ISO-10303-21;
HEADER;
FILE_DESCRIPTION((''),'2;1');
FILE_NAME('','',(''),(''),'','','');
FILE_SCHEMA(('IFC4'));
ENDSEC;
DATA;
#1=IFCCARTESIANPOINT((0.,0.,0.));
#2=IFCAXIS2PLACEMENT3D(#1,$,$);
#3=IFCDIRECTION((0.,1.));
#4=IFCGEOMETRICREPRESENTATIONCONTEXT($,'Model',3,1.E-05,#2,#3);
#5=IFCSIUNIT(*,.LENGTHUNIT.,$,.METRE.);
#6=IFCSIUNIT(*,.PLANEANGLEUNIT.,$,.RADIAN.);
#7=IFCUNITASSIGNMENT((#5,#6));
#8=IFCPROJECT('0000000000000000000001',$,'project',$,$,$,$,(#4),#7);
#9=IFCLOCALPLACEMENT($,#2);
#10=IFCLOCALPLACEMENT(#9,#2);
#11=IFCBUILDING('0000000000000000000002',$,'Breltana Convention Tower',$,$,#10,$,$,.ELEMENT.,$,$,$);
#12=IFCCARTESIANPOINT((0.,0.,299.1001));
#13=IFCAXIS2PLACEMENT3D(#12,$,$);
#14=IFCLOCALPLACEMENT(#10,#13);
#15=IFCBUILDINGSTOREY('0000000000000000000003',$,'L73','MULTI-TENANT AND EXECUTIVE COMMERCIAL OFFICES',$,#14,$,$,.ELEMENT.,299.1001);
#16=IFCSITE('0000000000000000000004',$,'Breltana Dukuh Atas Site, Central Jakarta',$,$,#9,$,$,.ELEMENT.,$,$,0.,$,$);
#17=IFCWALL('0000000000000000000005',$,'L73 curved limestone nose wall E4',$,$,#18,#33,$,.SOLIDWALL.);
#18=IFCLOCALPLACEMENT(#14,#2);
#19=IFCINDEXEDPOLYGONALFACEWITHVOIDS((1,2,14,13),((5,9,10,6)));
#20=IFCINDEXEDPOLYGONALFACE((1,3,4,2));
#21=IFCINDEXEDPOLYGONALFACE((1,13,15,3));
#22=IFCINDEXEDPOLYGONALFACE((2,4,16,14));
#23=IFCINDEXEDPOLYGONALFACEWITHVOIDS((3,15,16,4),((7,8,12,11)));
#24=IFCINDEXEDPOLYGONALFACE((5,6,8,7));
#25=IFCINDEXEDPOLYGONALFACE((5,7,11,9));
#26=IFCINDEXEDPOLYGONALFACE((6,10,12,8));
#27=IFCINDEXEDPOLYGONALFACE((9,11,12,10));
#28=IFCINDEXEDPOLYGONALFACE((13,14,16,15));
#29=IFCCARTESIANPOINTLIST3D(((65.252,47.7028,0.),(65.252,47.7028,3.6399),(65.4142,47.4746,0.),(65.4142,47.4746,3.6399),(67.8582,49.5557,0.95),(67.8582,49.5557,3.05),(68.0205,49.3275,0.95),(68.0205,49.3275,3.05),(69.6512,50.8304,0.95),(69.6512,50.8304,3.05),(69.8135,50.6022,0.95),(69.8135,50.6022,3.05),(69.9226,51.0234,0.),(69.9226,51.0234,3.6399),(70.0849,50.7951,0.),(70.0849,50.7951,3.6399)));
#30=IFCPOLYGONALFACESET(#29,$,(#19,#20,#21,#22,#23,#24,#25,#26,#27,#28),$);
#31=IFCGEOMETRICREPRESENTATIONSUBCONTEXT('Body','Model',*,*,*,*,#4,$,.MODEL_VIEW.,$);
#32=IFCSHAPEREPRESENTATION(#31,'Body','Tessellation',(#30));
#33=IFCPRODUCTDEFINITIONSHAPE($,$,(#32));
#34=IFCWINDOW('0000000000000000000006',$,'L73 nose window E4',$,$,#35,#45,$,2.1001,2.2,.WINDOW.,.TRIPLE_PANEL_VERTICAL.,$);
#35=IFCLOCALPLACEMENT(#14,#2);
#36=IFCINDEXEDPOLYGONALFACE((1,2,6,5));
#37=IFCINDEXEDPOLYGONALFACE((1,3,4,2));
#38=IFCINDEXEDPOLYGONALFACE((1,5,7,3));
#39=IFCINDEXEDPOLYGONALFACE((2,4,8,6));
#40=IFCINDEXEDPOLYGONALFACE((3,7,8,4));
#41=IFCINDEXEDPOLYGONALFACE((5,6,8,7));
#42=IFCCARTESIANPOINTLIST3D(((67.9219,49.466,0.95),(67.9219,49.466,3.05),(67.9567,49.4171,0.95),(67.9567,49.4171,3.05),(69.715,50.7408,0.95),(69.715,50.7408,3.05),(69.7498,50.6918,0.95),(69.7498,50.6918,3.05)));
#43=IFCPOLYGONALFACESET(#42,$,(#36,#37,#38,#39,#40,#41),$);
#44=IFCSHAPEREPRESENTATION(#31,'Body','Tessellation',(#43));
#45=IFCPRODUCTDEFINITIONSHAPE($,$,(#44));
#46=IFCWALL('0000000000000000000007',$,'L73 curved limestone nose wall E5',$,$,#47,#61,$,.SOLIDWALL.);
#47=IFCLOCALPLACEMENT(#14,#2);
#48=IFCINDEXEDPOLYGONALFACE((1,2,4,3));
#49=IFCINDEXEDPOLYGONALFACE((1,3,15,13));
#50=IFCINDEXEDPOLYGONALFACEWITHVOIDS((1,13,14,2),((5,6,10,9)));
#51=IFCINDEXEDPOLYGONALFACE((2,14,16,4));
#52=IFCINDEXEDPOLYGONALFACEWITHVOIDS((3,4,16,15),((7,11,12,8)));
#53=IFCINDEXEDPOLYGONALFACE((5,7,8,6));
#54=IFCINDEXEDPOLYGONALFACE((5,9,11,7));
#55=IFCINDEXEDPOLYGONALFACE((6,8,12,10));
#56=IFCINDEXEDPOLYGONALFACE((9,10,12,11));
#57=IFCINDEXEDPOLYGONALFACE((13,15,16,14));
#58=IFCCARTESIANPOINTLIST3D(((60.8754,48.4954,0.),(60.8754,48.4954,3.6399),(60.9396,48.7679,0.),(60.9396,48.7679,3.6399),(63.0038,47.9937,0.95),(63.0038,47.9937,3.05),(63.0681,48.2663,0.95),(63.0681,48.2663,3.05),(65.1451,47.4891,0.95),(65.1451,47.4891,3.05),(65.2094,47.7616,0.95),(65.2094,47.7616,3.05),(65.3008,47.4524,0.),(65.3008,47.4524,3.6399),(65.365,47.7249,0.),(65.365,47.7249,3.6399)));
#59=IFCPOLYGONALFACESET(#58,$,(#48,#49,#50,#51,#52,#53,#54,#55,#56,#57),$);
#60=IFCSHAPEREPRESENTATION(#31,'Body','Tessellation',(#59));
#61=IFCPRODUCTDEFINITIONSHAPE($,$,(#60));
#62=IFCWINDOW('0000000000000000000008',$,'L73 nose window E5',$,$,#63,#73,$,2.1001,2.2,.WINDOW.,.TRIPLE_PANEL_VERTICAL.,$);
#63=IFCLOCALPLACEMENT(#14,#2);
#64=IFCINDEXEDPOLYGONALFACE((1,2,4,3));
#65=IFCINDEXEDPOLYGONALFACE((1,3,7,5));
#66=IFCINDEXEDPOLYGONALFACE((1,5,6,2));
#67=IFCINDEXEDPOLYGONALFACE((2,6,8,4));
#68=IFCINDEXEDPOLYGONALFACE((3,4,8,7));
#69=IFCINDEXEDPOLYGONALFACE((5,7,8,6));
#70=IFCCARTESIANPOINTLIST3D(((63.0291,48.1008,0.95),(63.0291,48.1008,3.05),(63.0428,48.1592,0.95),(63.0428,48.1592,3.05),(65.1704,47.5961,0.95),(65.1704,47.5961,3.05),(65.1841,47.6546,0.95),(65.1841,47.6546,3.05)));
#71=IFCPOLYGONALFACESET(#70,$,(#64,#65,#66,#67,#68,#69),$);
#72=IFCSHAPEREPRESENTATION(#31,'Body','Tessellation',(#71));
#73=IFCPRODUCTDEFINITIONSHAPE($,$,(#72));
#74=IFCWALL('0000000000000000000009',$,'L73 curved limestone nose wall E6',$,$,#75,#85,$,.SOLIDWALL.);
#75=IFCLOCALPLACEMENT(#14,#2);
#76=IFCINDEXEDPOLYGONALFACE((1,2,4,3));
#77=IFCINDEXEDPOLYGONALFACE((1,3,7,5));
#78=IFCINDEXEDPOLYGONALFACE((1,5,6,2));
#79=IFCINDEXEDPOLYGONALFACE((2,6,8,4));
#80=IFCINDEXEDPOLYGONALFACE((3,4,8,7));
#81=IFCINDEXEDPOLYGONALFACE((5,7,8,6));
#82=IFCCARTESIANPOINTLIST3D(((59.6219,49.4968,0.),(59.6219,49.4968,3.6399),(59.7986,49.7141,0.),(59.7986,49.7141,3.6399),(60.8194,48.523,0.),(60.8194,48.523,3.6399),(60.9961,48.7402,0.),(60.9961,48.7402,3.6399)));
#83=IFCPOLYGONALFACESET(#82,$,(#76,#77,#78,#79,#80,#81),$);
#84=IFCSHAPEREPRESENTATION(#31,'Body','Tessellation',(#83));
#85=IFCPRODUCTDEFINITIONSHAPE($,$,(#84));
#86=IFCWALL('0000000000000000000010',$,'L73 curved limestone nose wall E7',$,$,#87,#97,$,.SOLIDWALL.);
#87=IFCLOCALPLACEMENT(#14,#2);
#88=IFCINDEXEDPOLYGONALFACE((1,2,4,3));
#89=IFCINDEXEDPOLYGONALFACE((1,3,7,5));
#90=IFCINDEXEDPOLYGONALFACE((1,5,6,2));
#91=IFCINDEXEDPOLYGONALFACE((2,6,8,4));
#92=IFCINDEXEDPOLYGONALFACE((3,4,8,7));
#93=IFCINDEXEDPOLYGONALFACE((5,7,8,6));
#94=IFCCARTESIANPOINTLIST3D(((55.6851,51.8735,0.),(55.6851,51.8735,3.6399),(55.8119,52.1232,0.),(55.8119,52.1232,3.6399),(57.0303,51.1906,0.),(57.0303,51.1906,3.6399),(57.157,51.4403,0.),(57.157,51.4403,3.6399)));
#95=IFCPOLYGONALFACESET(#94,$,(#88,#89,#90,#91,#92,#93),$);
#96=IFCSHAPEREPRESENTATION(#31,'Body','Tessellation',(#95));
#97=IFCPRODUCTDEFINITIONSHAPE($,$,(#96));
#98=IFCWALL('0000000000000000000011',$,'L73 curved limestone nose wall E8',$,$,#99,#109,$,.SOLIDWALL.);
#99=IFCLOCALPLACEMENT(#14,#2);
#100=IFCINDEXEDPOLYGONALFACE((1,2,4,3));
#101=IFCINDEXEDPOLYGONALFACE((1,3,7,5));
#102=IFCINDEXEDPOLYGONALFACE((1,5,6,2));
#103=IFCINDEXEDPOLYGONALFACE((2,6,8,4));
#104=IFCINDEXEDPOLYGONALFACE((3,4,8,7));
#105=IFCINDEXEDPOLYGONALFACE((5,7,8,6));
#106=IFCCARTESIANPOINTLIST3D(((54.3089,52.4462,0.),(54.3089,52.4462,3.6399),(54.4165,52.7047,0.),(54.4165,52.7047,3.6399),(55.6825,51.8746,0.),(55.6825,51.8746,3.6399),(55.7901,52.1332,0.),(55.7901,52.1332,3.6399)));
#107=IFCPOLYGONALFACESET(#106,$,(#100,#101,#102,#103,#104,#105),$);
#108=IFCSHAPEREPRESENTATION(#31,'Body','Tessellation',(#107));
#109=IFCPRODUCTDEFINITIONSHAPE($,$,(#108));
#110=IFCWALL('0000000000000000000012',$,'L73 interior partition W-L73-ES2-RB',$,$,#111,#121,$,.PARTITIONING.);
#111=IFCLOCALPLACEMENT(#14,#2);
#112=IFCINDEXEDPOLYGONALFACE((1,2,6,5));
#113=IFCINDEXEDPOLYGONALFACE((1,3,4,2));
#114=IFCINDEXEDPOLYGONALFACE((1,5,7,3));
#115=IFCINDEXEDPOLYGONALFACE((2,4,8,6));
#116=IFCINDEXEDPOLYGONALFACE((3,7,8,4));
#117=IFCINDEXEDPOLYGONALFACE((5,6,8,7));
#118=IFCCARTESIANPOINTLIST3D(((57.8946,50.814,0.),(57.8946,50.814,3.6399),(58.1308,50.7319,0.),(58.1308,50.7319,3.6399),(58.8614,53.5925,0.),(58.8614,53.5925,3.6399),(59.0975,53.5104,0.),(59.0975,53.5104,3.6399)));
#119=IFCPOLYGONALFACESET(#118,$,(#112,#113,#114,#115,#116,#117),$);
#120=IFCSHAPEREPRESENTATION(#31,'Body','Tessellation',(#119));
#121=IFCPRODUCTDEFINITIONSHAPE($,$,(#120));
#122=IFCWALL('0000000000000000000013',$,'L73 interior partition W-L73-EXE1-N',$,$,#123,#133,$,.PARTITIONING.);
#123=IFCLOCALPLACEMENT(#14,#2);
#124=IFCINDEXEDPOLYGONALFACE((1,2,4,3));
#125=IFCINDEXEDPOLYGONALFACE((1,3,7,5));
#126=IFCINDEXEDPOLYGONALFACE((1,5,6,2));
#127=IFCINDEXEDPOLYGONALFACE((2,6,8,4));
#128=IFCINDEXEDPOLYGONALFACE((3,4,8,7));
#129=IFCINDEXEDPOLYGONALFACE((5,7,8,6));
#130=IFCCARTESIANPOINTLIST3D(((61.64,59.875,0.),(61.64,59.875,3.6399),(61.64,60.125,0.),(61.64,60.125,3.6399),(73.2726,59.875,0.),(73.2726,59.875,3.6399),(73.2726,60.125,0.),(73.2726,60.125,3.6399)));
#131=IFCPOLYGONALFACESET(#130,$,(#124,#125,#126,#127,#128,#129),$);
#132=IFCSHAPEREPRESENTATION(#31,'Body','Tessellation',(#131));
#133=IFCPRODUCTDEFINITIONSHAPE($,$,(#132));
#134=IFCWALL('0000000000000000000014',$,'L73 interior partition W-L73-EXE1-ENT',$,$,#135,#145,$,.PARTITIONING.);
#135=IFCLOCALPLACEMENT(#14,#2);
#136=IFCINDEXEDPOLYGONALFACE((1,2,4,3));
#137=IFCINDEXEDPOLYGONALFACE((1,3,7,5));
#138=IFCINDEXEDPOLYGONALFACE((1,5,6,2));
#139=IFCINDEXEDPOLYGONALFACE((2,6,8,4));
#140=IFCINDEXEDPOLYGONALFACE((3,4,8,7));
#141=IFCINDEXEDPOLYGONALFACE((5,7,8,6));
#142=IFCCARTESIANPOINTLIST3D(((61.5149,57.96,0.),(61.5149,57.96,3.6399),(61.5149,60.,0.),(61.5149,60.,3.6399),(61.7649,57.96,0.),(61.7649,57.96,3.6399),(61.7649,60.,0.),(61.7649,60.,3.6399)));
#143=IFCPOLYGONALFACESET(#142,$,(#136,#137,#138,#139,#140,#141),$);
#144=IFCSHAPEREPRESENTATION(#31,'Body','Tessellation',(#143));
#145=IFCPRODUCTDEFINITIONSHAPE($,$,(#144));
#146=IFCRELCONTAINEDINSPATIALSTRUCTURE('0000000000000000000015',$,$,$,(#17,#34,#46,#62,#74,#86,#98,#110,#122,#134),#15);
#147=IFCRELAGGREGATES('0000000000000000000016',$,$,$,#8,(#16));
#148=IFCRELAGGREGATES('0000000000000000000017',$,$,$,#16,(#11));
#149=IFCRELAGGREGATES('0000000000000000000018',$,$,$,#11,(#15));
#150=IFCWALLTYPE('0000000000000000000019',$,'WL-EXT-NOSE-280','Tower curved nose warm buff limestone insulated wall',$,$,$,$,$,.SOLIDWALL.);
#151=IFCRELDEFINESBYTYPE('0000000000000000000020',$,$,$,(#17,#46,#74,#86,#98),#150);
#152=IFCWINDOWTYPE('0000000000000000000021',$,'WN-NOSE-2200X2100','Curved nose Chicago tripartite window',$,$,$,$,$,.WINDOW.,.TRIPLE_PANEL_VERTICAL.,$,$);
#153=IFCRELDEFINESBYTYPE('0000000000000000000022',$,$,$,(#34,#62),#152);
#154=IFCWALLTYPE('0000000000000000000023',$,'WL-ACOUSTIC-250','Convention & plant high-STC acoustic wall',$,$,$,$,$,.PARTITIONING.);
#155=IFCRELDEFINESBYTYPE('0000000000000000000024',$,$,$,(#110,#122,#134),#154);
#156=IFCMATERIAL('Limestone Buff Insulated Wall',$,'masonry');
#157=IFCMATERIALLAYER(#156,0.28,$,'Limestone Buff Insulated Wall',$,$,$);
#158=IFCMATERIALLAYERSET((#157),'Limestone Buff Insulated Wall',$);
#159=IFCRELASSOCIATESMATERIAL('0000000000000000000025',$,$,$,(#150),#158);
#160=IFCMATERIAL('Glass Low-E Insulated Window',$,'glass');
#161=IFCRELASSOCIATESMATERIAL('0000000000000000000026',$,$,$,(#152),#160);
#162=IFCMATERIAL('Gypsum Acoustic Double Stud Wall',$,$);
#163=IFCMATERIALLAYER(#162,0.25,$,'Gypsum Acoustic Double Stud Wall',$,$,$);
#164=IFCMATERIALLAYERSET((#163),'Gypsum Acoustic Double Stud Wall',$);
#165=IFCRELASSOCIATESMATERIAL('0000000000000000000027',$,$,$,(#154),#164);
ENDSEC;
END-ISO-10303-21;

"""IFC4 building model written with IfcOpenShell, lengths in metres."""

from ifc_helpers import new_model, si_unit, direction, frame, frame_2d, origin, place, context, subcontext, project, spatial, rectangle, extrude, source, transform, mapped, material, layer, layer_set, type_object, type_shapes, element, fill, save


model = new_model("IFC4")

# Units and contexts
model_context = context("Model", 3, precision=1e-05, world=origin(), true_north=direction((0.0, 1.0)))
body_context = subcontext(model_context, "Body", "Model", "MODEL_VIEW")
ifc_project = project(units=[si_unit("LENGTHUNIT", "METRE"), si_unit("PLANEANGLEUNIT", "RADIAN")], contexts=[model_context])

# Site, building, storey
site_placement = place(None, origin())
site = spatial("IfcSite", under=ifc_project, at=site_placement, Name="Breltana Dukuh Atas Site, Central Jakarta", CompositionType="ELEMENT", RefElevation=0.0)
building_placement = place(site_placement, origin())
building = spatial("IfcBuilding", under=site, at=building_placement, Name="Breltana Convention Tower", CompositionType="ELEMENT")
storey_placement = place(building_placement, frame((0.0, 0.0, 299.1001)))
storey = spatial("IfcBuildingStorey", under=building, at=storey_placement, Name="L73", Description="MULTI-TENANT AND EXECUTIVE COMMERCIAL OFFICES", CompositionType="ELEMENT", Elevation=299.1001)

# Walls, openings, windows
ifc_material_1 = material(Name="Limestone Buff Insulated Wall", Category="masonry")
ifc_layer_1 = layer(ifc_material_1, 0.28, Name="Limestone Buff Insulated Wall")
ifc_layer_set_1 = layer_set([ifc_layer_1], Name="Limestone Buff Insulated Wall")
wall_type_1 = type_object("IfcWallType", Name="WL-EXT-NOSE-280", Description="Tower curved nose warm buff limestone insulated wall", PredefinedType="SOLIDWALL", material=ifc_layer_set_1)
ifc_material_2 = material(Name="Glass Low-E Insulated Window", Category="glass")
window_type = type_object("IfcWindowType", Name="WN-NOSE-2200X2100", Description="Curved nose Chicago tripartite window", PartitioningType="TRIPLE_PANEL_VERTICAL", PredefinedType="WINDOW", material=ifc_material_2)
shared_shape_1 = source(origin(), body_context, "Body", "SweptSolid", [
    extrude(rectangle(XDim=2.2, YDim=2.1001, at=frame_2d((1.1001, 1.05))), frame((0.0, 0.03, 0.0), z_axis=(0.0, -1.0, 0.0), x_axis=(1.0, 0.0, 0.0)), (0.0, 0.0, 1.0), 0.0601),
])
type_shapes(window_type, [shared_shape_1])
shared_shape_2 = source(origin(), body_context, "Body", "SweptSolid", [
    extrude(rectangle(XDim=5.7307, YDim=0.28, at=frame_2d((2.8652, 0.0))), origin(), (0.0, 0.0, 1.0), 3.6399),
])
wall_1_placement = place(storey_placement, frame((70.0037, 50.9092, 0.0), z_axis=(0.0, 0.0, 1.0), x_axis=(-0.815021, -0.579431, 0.0)))
wall_1 = element("IfcWall", 1, at=wall_1_placement, inside=storey, type_object=wall_type_1, Name="L73 curved limestone nose wall E4", PredefinedType="SOLIDWALL", context=body_context, shape_type="MappedRepresentation", body=[
    mapped(shared_shape_2, transform((0.0, 0.0, 0.0), scale=1.0)),
])
opening_1_placement = place(wall_1_placement, frame((0.3328, 0.0, 0.95)))
opening_1 = element("IfcOpeningElement", 2, at=opening_1_placement, cuts=wall_1, PredefinedType="OPENING", context=body_context, shape_type="SweptSolid", body=[
    extrude(rectangle(XDim=2.2, YDim=2.1001, at=frame_2d((1.1001, 1.05))), frame((0.0, 0.1499, 0.0), z_axis=(0.0, -1.0, 0.0), x_axis=(1.0, 0.0, 0.0)), (0.0, 0.0, 1.0), 0.3),
])
window_1_placement = place(opening_1_placement, origin())
window_1 = element("IfcWindow", 3, at=window_1_placement, inside=storey, type_object=window_type, Name="L73 nose window E4", OverallHeight=2.1001, OverallWidth=2.2, PartitioningType="TRIPLE_PANEL_VERTICAL", PredefinedType="WINDOW", context=body_context, shape_type="MappedRepresentation", body=[
    mapped(shared_shape_1, transform((0.0, 0.0, 0.0), scale=1.0)),
])
fill(opening_1, window_1)
shared_shape_3 = source(origin(), body_context, "Body", "SweptSolid", [
    extrude(rectangle(XDim=4.5466, YDim=0.28, at=frame_2d((2.2734, 0.0))), origin(), (0.0, 0.0, 1.0), 3.6399),
])
wall_2_placement = place(storey_placement, frame((65.333, 47.5886, 0.0), z_axis=(0.0, 0.0, 1.0), x_axis=(-0.973333, 0.229398, 0.0)))
wall_2 = element("IfcWall", 4, at=wall_2_placement, inside=storey, type_object=wall_type_1, Name="L73 curved limestone nose wall E5", PredefinedType="SOLIDWALL", context=body_context, shape_type="MappedRepresentation", body=[
    mapped(shared_shape_3, transform((0.0, 0.0, 0.0), scale=1.0)),
])
opening_2_placement = place(wall_2_placement, frame((0.1599, 0.0, 0.95)))
opening_2 = element("IfcOpeningElement", 5, at=opening_2_placement, cuts=wall_2, PredefinedType="OPENING", context=body_context, shape_type="SweptSolid", body=[
    extrude(rectangle(XDim=2.2, YDim=2.1001, at=frame_2d((1.1001, 1.05))), frame((0.0, 0.1499, 0.0), z_axis=(0.0, -1.0, 0.0), x_axis=(1.0, 0.0, 0.0)), (0.0, 0.0, 1.0), 0.3),
])
window_2_placement = place(opening_2_placement, origin())
window_2 = element("IfcWindow", 6, at=window_2_placement, inside=storey, type_object=window_type, Name="L73 nose window E5", OverallHeight=2.1001, OverallWidth=2.2, PartitioningType="TRIPLE_PANEL_VERTICAL", PredefinedType="WINDOW", context=body_context, shape_type="MappedRepresentation", body=[
    mapped(shared_shape_1, transform((0.0, 0.0, 0.0), scale=1.0)),
])
fill(opening_2, window_2)

# Walls
shared_shape_4 = source(origin(), body_context, "Body", "SweptSolid", [
    extrude(rectangle(XDim=1.5435, YDim=0.28, at=frame_2d((0.7717, 0.0))), origin(), (0.0, 0.0, 1.0), 3.6399),
])
wall_3_placement = place(storey_placement, frame((60.9077, 48.6316, 0.0), z_axis=(0.0, 0.0, 1.0), x_axis=(-0.775828, 0.630944, 0.0)))
element("IfcWall", 7, at=wall_3_placement, inside=storey, type_object=wall_type_1, Name="L73 curved limestone nose wall E6", PredefinedType="SOLIDWALL", context=body_context, shape_type="MappedRepresentation", body=[
    mapped(shared_shape_4, transform((0.0, 0.0, 0.0), scale=1.0)),
])
shared_shape_5 = source(origin(), body_context, "Body", "SweptSolid", [
    extrude(rectangle(XDim=1.5085, YDim=0.28, at=frame_2d((0.7544, 0.0))), origin(), (0.0, 0.0, 1.0), 3.6399),
])
wall_4_placement = place(storey_placement, frame((57.0938, 51.3154, 0.0), z_axis=(0.0, 0.0, 1.0), x_axis=(-0.891692, 0.452643, 0.0)))
element("IfcWall", 8, at=wall_4_placement, inside=storey, type_object=wall_type_1, Name="L73 curved limestone nose wall E7", PredefinedType="SOLIDWALL", context=body_context, shape_type="MappedRepresentation", body=[
    mapped(shared_shape_5, transform((0.0, 0.0, 0.0), scale=1.0)),
])
shared_shape_6 = source(origin(), body_context, "Body", "SweptSolid", [
    extrude(rectangle(XDim=1.4878, YDim=0.28, at=frame_2d((0.7439, 0.0))), origin(), (0.0, 0.0, 1.0), 3.6399),
])
wall_5_placement = place(storey_placement, frame((55.7363, 52.0039, 0.0), z_axis=(0.0, 0.0, 1.0), x_axis=(-0.923261, 0.384173, 0.0)))
element("IfcWall", 9, at=wall_5_placement, inside=storey, type_object=wall_type_1, Name="L73 curved limestone nose wall E8", PredefinedType="SOLIDWALL", context=body_context, shape_type="MappedRepresentation", body=[
    mapped(shared_shape_6, transform((0.0, 0.0, 0.0), scale=1.0)),
])
ifc_material_3 = material(Name="Gypsum Acoustic Double Stud Wall")
ifc_layer_2 = layer(ifc_material_3, 0.25, Name="Gypsum Acoustic Double Stud Wall")
ifc_layer_set_2 = layer_set([ifc_layer_2], Name="Gypsum Acoustic Double Stud Wall")
wall_type_2 = type_object("IfcWallType", Name="WL-ACOUSTIC-250", Description="Convention & plant high-STC acoustic wall", PredefinedType="PARTITIONING", material=ifc_layer_set_2)
shared_shape_7 = source(origin(), body_context, "Body", "SweptSolid", [
    extrude(rectangle(XDim=2.9419, YDim=0.25, at=frame_2d((1.4709, 0.0))), origin(), (0.0, 0.0, 1.0), 3.6399),
])
wall_6_placement = place(storey_placement, frame((58.0127, 50.7729, 0.0), z_axis=(0.0, 0.0, 1.0), x_axis=(0.328624, 0.944461, 0.0)))
element("IfcWall", 10, at=wall_6_placement, inside=storey, type_object=wall_type_2, Name="L73 interior partition W-L73-ES2-RB", PredefinedType="PARTITIONING", context=body_context, shape_type="MappedRepresentation", body=[
    mapped(shared_shape_7, transform((0.0, 0.0, 0.0), scale=1.0)),
])
shared_shape_8 = source(origin(), body_context, "Body", "SweptSolid", [
    extrude(rectangle(XDim=11.6326, YDim=0.25, at=frame_2d((5.8164, 0.0))), origin(), (0.0, 0.0, 1.0), 3.6399),
])
wall_7_placement = place(storey_placement, frame((61.6399, 60.0, 0.0), z_axis=(0.0, 0.0, 1.0), x_axis=(1.0, 0.0, 0.0)))
element("IfcWall", 11, at=wall_7_placement, inside=storey, type_object=wall_type_2, Name="L73 interior partition W-L73-EXE1-N", PredefinedType="PARTITIONING", context=body_context, shape_type="MappedRepresentation", body=[
    mapped(shared_shape_8, transform((0.0, 0.0, 0.0), scale=1.0)),
])
shared_shape_9 = source(origin(), body_context, "Body", "SweptSolid", [
    extrude(rectangle(XDim=2.04, YDim=0.25, at=frame_2d((1.02, 0.0))), origin(), (0.0, 0.0, 1.0), 3.6399),
])
wall_8_placement = place(storey_placement, frame((61.6399, 57.96, 0.0), z_axis=(0.0, 0.0, 1.0), x_axis=(0.0, 1.0, 0.0)))
element("IfcWall", 12, at=wall_8_placement, inside=storey, type_object=wall_type_2, Name="L73 interior partition W-L73-EXE1-ENT", PredefinedType="PARTITIONING", context=body_context, shape_type="MappedRepresentation", body=[
    mapped(shared_shape_9, transform((0.0, 0.0, 0.0), scale=1.0)),
])

save(model, "model.ifc")
